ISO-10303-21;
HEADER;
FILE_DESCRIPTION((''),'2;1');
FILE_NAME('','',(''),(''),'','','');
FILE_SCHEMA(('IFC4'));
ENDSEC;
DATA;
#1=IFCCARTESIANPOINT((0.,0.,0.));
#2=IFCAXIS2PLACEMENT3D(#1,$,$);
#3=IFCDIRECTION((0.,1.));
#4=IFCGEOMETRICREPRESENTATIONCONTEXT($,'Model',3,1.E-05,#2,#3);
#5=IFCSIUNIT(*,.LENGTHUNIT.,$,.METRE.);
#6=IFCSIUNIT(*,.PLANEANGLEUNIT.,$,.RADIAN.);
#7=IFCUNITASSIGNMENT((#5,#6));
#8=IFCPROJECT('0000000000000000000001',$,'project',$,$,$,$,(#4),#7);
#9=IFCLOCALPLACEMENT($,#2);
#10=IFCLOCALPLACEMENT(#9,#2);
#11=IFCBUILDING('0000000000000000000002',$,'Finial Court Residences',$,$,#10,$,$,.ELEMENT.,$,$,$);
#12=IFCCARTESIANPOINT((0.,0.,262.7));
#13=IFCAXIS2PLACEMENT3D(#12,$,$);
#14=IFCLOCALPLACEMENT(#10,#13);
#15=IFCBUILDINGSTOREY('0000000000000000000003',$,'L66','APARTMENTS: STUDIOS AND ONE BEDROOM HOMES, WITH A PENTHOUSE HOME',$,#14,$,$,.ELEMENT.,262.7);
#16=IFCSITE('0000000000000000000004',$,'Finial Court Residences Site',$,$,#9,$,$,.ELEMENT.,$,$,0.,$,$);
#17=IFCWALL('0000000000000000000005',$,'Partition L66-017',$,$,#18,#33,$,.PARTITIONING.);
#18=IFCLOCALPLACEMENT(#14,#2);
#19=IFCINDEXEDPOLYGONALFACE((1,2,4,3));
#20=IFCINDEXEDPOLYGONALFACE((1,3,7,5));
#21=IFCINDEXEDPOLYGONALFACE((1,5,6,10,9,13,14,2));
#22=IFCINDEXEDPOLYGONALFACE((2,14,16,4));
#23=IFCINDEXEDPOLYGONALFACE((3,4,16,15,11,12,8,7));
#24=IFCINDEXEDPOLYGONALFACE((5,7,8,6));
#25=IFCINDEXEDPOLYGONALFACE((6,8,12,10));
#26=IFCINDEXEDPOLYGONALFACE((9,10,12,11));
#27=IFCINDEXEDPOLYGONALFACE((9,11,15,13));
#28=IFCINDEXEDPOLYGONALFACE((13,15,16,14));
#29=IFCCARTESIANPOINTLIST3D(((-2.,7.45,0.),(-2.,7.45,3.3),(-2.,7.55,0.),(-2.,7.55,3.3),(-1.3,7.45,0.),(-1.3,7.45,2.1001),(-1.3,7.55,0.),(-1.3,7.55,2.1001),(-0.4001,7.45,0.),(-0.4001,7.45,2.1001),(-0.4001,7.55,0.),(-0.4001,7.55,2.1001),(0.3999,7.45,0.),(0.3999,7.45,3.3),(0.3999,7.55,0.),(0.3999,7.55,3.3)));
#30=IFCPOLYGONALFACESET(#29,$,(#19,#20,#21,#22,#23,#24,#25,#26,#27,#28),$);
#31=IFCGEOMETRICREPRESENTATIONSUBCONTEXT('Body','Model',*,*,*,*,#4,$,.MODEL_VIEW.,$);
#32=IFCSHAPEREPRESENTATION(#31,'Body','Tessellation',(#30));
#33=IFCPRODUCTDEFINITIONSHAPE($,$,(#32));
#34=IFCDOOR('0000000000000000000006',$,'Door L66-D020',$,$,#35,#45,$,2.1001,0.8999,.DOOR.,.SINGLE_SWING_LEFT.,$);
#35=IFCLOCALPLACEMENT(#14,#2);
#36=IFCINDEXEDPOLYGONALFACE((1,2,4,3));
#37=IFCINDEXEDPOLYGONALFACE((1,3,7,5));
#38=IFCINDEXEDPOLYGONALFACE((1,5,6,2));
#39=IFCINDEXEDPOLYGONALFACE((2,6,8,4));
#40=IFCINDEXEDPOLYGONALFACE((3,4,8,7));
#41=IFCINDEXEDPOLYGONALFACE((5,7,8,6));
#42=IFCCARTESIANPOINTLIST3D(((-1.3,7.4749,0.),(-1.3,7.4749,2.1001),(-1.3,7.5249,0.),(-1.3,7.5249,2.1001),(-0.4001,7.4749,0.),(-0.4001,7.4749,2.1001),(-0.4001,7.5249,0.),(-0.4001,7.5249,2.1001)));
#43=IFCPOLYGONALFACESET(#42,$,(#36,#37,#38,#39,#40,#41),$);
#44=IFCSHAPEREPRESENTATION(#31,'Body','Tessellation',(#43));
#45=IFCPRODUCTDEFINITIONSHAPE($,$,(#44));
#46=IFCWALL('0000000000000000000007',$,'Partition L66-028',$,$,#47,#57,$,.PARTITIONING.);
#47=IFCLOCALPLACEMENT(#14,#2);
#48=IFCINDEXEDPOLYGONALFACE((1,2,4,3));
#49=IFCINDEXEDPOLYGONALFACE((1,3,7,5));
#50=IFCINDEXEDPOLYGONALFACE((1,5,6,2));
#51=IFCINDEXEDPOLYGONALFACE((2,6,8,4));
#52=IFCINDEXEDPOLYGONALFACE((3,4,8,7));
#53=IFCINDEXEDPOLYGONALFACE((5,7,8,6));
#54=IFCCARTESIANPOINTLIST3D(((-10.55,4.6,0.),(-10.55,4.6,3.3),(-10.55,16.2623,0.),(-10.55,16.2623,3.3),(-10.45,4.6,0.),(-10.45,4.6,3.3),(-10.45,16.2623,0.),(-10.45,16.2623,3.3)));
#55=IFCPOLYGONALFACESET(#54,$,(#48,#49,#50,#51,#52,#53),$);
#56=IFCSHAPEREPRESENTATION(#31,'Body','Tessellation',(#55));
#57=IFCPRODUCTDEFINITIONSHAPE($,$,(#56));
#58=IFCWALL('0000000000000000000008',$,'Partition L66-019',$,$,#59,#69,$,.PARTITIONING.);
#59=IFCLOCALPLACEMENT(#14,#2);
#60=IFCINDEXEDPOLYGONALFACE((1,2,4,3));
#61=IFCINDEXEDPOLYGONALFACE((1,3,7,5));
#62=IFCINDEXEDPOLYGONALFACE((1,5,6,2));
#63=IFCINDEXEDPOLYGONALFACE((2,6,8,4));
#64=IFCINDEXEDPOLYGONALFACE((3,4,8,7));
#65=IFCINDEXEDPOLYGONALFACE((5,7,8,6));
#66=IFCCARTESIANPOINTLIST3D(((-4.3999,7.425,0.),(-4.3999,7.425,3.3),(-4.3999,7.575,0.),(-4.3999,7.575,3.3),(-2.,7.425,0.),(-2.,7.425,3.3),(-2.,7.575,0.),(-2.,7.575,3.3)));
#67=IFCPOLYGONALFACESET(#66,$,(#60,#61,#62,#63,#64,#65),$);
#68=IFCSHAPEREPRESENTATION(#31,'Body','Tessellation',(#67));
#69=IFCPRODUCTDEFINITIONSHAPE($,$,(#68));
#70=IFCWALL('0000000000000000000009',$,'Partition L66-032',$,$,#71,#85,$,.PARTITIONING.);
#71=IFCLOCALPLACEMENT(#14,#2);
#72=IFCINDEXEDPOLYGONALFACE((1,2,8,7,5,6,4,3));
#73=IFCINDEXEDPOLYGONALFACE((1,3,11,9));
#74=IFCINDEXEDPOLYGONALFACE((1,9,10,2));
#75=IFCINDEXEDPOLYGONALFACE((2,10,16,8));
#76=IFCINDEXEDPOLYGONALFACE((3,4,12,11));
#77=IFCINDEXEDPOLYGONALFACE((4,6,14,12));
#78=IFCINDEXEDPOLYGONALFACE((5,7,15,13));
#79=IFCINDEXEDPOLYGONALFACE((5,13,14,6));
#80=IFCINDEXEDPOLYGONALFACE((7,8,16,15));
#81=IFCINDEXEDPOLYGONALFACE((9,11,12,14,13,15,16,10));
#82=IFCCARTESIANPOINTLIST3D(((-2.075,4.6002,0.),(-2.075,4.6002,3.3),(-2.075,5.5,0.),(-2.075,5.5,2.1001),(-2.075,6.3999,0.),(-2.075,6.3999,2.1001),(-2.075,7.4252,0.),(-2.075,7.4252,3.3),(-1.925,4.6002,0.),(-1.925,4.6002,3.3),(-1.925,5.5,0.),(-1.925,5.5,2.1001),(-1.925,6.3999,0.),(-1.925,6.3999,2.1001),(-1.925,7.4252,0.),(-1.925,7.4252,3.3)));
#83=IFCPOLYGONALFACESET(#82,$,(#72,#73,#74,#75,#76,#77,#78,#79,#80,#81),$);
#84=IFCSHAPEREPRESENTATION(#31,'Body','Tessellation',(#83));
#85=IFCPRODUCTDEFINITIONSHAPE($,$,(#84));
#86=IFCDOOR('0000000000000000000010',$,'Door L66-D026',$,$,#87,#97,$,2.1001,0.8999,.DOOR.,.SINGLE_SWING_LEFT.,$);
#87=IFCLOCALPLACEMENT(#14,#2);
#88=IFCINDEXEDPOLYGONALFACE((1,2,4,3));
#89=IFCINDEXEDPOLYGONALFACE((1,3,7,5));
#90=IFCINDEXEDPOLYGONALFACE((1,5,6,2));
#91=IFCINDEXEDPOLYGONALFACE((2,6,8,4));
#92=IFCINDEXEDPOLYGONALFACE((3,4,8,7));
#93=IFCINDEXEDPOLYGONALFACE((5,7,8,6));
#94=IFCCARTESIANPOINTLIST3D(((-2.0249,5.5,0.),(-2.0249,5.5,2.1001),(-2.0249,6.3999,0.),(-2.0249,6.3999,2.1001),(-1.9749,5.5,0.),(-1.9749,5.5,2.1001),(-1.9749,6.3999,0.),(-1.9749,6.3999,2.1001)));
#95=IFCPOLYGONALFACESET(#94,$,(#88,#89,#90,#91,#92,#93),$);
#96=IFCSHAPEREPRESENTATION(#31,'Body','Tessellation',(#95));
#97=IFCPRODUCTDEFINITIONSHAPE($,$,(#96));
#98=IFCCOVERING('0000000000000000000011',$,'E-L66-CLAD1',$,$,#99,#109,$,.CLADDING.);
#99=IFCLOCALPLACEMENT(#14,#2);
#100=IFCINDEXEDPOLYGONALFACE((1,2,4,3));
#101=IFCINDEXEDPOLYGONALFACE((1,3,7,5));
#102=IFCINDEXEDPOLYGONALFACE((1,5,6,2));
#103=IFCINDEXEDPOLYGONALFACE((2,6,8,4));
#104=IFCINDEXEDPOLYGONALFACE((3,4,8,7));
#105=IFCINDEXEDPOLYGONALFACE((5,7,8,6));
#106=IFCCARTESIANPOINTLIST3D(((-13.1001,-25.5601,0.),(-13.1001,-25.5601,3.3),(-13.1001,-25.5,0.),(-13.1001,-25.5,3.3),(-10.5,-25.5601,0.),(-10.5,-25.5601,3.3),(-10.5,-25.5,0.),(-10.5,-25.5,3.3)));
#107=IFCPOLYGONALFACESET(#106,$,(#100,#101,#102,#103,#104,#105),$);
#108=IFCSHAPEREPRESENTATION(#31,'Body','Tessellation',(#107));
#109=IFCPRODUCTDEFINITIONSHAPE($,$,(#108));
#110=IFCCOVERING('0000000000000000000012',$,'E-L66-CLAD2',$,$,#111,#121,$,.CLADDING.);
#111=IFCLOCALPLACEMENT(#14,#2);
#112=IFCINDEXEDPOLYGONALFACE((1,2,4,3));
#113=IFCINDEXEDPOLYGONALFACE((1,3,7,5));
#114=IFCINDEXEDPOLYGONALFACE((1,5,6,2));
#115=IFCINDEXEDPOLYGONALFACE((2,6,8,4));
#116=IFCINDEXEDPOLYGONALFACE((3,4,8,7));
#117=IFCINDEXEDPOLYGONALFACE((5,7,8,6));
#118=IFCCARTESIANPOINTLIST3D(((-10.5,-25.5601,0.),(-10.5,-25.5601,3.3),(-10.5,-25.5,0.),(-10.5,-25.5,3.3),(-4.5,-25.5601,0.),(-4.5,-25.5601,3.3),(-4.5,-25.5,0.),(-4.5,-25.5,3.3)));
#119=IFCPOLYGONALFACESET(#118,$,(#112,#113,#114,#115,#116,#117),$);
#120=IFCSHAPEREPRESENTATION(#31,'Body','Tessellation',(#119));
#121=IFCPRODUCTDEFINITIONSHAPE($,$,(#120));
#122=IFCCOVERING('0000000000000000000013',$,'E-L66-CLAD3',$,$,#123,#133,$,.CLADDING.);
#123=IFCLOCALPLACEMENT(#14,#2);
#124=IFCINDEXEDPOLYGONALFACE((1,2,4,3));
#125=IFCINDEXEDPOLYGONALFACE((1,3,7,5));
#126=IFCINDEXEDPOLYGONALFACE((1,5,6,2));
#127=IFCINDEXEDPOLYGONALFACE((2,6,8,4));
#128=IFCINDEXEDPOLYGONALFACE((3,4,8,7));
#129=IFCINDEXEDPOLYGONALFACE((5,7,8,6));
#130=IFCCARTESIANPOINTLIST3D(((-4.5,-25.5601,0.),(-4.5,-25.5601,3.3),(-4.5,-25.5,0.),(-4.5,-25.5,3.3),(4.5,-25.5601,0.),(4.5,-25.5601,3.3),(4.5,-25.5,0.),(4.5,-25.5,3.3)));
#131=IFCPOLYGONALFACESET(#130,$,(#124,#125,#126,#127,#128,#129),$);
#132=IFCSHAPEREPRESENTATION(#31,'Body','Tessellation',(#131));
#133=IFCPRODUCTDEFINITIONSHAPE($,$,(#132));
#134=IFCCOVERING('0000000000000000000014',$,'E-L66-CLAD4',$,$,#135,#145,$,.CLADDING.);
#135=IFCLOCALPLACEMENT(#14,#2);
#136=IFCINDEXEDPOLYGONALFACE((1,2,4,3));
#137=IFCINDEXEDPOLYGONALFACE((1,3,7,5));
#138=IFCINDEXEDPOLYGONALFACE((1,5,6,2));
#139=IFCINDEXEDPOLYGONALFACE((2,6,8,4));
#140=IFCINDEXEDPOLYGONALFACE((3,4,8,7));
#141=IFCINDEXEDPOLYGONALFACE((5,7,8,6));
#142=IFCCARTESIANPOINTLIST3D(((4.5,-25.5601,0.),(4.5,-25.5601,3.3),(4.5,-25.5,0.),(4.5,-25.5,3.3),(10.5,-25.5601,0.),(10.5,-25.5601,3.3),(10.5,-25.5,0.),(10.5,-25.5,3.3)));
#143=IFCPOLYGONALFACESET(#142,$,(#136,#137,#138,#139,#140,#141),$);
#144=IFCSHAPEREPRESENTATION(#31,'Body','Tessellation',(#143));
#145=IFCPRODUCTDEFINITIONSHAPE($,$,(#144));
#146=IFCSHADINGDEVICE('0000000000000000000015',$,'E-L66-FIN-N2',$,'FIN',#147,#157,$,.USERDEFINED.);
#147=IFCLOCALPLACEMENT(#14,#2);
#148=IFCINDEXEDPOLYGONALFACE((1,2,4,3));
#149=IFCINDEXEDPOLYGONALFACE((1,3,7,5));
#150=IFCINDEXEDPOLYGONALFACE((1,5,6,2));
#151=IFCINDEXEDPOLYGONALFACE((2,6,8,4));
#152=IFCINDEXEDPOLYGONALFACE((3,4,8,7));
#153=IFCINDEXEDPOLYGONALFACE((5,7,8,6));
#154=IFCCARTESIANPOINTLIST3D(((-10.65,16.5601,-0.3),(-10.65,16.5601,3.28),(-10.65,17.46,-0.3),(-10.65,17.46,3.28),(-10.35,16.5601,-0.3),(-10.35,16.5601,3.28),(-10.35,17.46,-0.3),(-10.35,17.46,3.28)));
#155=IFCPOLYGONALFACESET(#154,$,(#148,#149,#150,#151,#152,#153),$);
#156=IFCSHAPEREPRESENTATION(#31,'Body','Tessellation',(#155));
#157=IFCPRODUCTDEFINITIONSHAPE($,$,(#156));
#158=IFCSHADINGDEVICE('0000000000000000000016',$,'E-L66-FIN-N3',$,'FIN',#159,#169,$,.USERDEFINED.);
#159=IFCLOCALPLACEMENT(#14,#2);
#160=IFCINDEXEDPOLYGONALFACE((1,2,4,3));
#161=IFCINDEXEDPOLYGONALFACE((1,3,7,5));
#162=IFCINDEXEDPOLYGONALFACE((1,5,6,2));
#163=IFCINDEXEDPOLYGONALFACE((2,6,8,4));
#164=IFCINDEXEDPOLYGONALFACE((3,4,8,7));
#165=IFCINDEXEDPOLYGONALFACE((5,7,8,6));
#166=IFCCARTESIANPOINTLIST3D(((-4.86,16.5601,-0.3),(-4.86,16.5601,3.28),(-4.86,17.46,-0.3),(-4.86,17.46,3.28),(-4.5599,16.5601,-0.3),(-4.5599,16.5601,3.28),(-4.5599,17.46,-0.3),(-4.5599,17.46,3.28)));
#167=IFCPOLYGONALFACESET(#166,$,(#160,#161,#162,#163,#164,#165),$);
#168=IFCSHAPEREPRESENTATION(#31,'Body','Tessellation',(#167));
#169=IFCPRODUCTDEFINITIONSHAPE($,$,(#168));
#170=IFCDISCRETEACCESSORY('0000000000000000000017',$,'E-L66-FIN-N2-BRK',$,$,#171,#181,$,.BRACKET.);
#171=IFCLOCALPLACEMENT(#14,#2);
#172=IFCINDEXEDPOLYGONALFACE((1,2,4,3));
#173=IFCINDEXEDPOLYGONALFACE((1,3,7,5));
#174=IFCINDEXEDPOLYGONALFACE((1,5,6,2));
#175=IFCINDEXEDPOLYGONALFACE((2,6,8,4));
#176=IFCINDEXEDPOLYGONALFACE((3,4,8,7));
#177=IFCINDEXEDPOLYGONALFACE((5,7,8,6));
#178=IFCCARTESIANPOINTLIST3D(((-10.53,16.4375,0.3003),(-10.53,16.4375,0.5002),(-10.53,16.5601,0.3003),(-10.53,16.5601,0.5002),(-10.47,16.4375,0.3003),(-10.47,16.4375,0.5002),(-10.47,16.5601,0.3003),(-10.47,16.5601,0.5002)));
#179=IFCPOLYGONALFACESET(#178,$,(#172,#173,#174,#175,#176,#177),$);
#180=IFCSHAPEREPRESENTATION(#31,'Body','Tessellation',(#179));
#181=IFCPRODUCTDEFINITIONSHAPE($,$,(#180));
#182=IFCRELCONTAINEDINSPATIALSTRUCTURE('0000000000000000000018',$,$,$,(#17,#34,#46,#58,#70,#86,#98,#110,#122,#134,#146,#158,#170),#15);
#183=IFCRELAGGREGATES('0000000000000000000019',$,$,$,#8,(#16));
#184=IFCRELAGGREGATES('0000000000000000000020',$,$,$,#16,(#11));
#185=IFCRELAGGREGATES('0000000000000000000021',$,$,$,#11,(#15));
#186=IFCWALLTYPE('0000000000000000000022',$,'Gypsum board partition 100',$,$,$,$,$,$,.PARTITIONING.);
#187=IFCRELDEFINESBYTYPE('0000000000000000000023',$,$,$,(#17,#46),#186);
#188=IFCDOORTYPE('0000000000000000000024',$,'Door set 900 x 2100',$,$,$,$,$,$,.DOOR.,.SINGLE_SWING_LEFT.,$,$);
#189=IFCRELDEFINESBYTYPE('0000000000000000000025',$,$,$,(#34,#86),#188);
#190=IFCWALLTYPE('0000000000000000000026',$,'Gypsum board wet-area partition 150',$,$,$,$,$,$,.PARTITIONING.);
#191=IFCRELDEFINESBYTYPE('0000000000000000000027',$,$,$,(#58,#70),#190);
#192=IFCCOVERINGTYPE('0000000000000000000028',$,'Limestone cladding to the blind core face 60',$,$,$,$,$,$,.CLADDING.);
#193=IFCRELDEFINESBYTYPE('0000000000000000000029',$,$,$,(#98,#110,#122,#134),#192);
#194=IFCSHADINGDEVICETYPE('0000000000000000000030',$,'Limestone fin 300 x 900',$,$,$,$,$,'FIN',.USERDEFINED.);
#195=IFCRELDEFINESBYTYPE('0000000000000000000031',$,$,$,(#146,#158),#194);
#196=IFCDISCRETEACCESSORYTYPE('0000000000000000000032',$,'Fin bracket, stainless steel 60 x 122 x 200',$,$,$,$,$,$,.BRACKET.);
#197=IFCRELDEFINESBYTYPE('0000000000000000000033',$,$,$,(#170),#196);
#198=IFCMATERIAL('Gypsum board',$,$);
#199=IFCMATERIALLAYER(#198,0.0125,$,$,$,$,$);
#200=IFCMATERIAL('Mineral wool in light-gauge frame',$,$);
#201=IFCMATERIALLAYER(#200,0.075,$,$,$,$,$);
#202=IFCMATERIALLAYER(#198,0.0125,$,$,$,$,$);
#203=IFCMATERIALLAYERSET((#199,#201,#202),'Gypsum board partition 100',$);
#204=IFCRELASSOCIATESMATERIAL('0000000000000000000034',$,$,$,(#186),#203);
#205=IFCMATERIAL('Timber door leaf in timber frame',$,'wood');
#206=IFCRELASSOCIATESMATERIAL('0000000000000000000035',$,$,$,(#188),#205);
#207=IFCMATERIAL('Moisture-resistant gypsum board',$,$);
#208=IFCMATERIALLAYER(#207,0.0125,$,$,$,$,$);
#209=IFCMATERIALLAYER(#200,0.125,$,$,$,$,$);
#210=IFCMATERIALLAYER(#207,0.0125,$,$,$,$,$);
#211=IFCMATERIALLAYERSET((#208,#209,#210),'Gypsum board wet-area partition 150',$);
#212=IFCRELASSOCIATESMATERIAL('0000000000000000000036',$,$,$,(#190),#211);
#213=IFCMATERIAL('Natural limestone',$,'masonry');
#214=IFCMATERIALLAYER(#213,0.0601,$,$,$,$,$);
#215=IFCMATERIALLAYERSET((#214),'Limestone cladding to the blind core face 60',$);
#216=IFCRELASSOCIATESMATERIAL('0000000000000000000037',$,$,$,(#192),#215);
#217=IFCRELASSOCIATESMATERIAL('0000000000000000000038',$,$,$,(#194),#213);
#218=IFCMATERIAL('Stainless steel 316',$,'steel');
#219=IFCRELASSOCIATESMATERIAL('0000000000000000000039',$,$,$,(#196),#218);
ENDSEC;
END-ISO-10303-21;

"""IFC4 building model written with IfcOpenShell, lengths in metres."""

from ifc_helpers import new_model, si_unit, direction, frame, frame_2d, origin, origin_2d, place, context, subcontext, project, spatial, polyline, rectangle, outline, extrude, material, layer, layer_set, type_object, element, fill, save


model = new_model("IFC4")

# Units and contexts
model_context = context("Model", 3, precision=1e-05, world=origin(), true_north=direction((0.0, 1.0)))
body_context = subcontext(model_context, "Body", "Model", "MODEL_VIEW")
ifc_project = project(units=[si_unit("LENGTHUNIT", "METRE"), si_unit("PLANEANGLEUNIT", "RADIAN")], contexts=[model_context])

# Site, building, storey
site_placement = place(None, origin())
site = spatial("IfcSite", under=ifc_project, at=site_placement, Name="Finial Court Residences Site", CompositionType="ELEMENT", RefElevation=0.0)
building_placement = place(site_placement, origin())
building = spatial("IfcBuilding", under=site, at=building_placement, Name="Finial Court Residences", CompositionType="ELEMENT")
storey_placement = place(building_placement, frame((0.0, 0.0, 262.7)))
storey = spatial("IfcBuildingStorey", under=building, at=storey_placement, Name="L66", Description="APARTMENTS: STUDIOS AND ONE BEDROOM HOMES, WITH A PENTHOUSE HOME", CompositionType="ELEMENT", Elevation=262.7)

# Shared definitions
ifc_material_1 = material(Name="Gypsum board")

# Wall, opening, door
ifc_layer_1 = layer(ifc_material_1, 0.0125)
ifc_material_2 = material(Name="Mineral wool in light-gauge frame")
ifc_layer_2 = layer(ifc_material_2, 0.075)
ifc_layer_3 = layer(ifc_material_1, 0.0125)
ifc_layer_set_1 = layer_set([ifc_layer_1, ifc_layer_2, ifc_layer_3], Name="Gypsum board partition 100")
wall_type_1 = type_object("IfcWallType", Name="Gypsum board partition 100", PredefinedType="PARTITIONING", material=ifc_layer_set_1)
wall_1_placement = place(storey_placement, frame((-2.0, 7.5, 0.0), z_axis=(0.0, 0.0, 1.0), x_axis=(1.0, 0.0, 0.0)))
wall_1 = element("IfcWall", 1, at=wall_1_placement, inside=storey, type_object=wall_type_1, Name="Partition L66-017", PredefinedType="PARTITIONING", context=body_context, shape_type="SweptSolid", body=[
    extrude(rectangle(XDim=2.3999, YDim=0.1001, at=frame_2d((1.2, 0.0))), origin(), (0.0, 0.0, 1.0), 3.3),
])
opening_1_placement = place(wall_1_placement, frame((0.7, 0.0, 0.0)))
opening_1 = element("IfcOpeningElement", 2, at=opening_1_placement, cuts=wall_1, PredefinedType="OPENING", context=body_context, shape_type="SweptSolid", body=[
    extrude(rectangle(XDim=0.8999, YDim=2.1001, at=frame_2d((0.45, 1.05))), frame((0.0, 0.0601, 0.0), z_axis=(0.0, -1.0, 0.0), x_axis=(1.0, 0.0, 0.0)), (0.0, 0.0, 1.0), 0.1201),
])
ifc_material_3 = material(Name="Timber door leaf in timber frame", Category="wood")
door_type = type_object("IfcDoorType", Name="Door set 900 x 2100", OperationType="SINGLE_SWING_LEFT", PredefinedType="DOOR", material=ifc_material_3)
door_1_placement = place(opening_1_placement, origin())
door_1 = element("IfcDoor", 3, at=door_1_placement, inside=storey, type_object=door_type, Name="Door L66-D020", OperationType="SINGLE_SWING_LEFT", OverallHeight=2.1001, OverallWidth=0.8999, PredefinedType="DOOR", context=body_context, shape_type="SweptSolid", body=[
    extrude(rectangle(XDim=0.8999, YDim=2.1001, at=frame_2d((0.45, 1.05))), frame((0.0, 0.0249, 0.0), z_axis=(0.0, -1.0, 0.0), x_axis=(1.0, 0.0, 0.0)), (0.0, 0.0, 1.0), 0.05),
])
fill(opening_1, door_1)

# Walls
wall_2_placement = place(storey_placement, frame((-10.5, 4.6001, 0.0), z_axis=(0.0, 0.0, 1.0), x_axis=(0.0, 1.0, 0.0)))
element("IfcWall", 4, at=wall_2_placement, inside=storey, type_object=wall_type_1, Name="Partition L66-028", PredefinedType="PARTITIONING", context=body_context, shape_type="SweptSolid", body=[
    extrude(rectangle(XDim=11.6624, YDim=0.1001, at=frame_2d((5.8311, 0.0))), origin(), (0.0, 0.0, 1.0), 3.3),
])
ifc_material_4 = material(Name="Moisture-resistant gypsum board")
ifc_layer_4 = layer(ifc_material_4, 0.0125)
ifc_layer_5 = layer(ifc_material_2, 0.125)
ifc_layer_6 = layer(ifc_material_4, 0.0125)
ifc_layer_set_2 = layer_set([ifc_layer_4, ifc_layer_5, ifc_layer_6], Name="Gypsum board wet-area partition 150")
wall_type_2 = type_object("IfcWallType", Name="Gypsum board wet-area partition 150", PredefinedType="PARTITIONING", material=ifc_layer_set_2)
wall_3_placement = place(storey_placement, frame((-4.3999, 7.5, 0.0), z_axis=(0.0, 0.0, 1.0), x_axis=(1.0, 0.0, 0.0)))
element("IfcWall", 5, at=wall_3_placement, inside=storey, type_object=wall_type_2, Name="Partition L66-019", PredefinedType="PARTITIONING", context=body_context, shape_type="SweptSolid", body=[
    extrude(rectangle(XDim=2.3999, YDim=0.1499, at=frame_2d((1.2, 0.0))), origin(), (0.0, 0.0, 1.0), 3.3),
])

# Wall, opening, door
wall_4_placement = place(storey_placement, frame((-2.0, 4.6001, 0.0), z_axis=(0.0, 0.0, 1.0), x_axis=(0.0, 1.0, 0.0)))
wall_4 = element("IfcWall", 6, at=wall_4_placement, inside=storey, type_object=wall_type_2, Name="Partition L66-032", PredefinedType="PARTITIONING", context=body_context, shape_type="SweptSolid", body=[
    extrude(rectangle(XDim=2.825, YDim=0.1499, at=frame_2d((1.4126, 0.0))), origin(), (0.0, 0.0, 1.0), 3.3),
])
opening_2_placement = place(wall_4_placement, frame((0.8999, 0.0, 0.0)))
opening_2 = element("IfcOpeningElement", 7, at=opening_2_placement, cuts=wall_4, PredefinedType="OPENING", context=body_context, shape_type="SweptSolid", body=[
    extrude(rectangle(XDim=0.8999, YDim=2.1001, at=frame_2d((0.45, 1.05))), frame((0.0, 0.085, 0.0), z_axis=(0.0, -1.0, 0.0), x_axis=(1.0, 0.0, 0.0)), (0.0, 0.0, 1.0), 0.1699),
])
door_2_placement = place(opening_2_placement, origin())
door_2 = element("IfcDoor", 8, at=door_2_placement, inside=storey, type_object=door_type, Name="Door L66-D026", OperationType="SINGLE_SWING_LEFT", OverallHeight=2.1001, OverallWidth=0.8999, PredefinedType="DOOR", context=body_context, shape_type="SweptSolid", body=[
    extrude(rectangle(XDim=0.8999, YDim=2.1001, at=frame_2d((0.45, 1.05))), frame((0.0, 0.0249, 0.0), z_axis=(0.0, -1.0, 0.0), x_axis=(1.0, 0.0, 0.0)), (0.0, 0.0, 1.0), 0.05),
])
fill(opening_2, door_2)

# Coverings
ifc_material_5 = material(Name="Natural limestone", Category="masonry")
ifc_layer_7 = layer(ifc_material_5, 0.0601)
ifc_layer_set_3 = layer_set([ifc_layer_7], Name="Limestone cladding to the blind core face 60")
covering_type = type_object("IfcCoveringType", Name="Limestone cladding to the blind core face 60", PredefinedType="CLADDING", material=ifc_layer_set_3)
covering_1_placement = place(storey_placement, origin())
element("IfcCovering", 9, at=covering_1_placement, inside=storey, type_object=covering_type, Name="E-L66-CLAD1", PredefinedType="CLADDING", context=body_context, shape_type="SweptSolid", body=[
    extrude(outline(polyline([(-10.5, -25.5601), (-10.5, -25.5), (-13.1001, -25.5), (-13.1001, -25.5601), (-10.5, -25.5601)])), origin(), (0.0, 0.0, 1.0), 3.3),
])
covering_2_placement = place(storey_placement, origin())
element("IfcCovering", 10, at=covering_2_placement, inside=storey, type_object=covering_type, Name="E-L66-CLAD2", PredefinedType="CLADDING", context=body_context, shape_type="SweptSolid", body=[
    extrude(outline(polyline([(-4.5, -25.5601), (-4.5, -25.5), (-10.5, -25.5), (-10.5, -25.5601), (-4.5, -25.5601)])), origin(), (0.0, 0.0, 1.0), 3.3),
])
covering_3_placement = place(storey_placement, origin())
element("IfcCovering", 11, at=covering_3_placement, inside=storey, type_object=covering_type, Name="E-L66-CLAD3", PredefinedType="CLADDING", context=body_context, shape_type="SweptSolid", body=[
    extrude(outline(polyline([(4.5, -25.5601), (4.5, -25.5), (-4.5, -25.5), (-4.5, -25.5601), (4.5, -25.5601)])), origin(), (0.0, 0.0, 1.0), 3.3),
])
covering_4_placement = place(storey_placement, origin())
element("IfcCovering", 12, at=covering_4_placement, inside=storey, type_object=covering_type, Name="E-L66-CLAD4", PredefinedType="CLADDING", context=body_context, shape_type="SweptSolid", body=[
    extrude(outline(polyline([(10.5, -25.5601), (10.5, -25.5), (4.5, -25.5), (4.5, -25.5601), (10.5, -25.5601)])), origin(), (0.0, 0.0, 1.0), 3.3),
])

# Shading devices
shading_device_type = type_object("IfcShadingDeviceType", Name="Limestone fin 300 x 900", ElementType="FIN", PredefinedType="USERDEFINED", material=ifc_material_5)
for number, where, z_axis, x_axis, name in (
    (13, (-10.5, 17.01, -0.3), (0.0, 0.0, 1.0), (1.0, 0.0, 0.0), "E-L66-FIN-N2"),
    (14, (-4.71, 17.01, -0.3), (0.0, 0.0, 1.0), (1.0, 0.0, 0.0), "E-L66-FIN-N3"),
):
    element("IfcShadingDevice", number, at=place(storey_placement, frame(where, z_axis=z_axis, x_axis=x_axis)), inside=storey, type_object=shading_device_type, Name=name, ObjectType="FIN", PredefinedType="USERDEFINED", context=body_context, shape_type="SweptSolid", body=[
        extrude(rectangle(XDim=0.3, YDim=0.8999, at=origin_2d()), origin(), (0.0, 0.0, 1.0), 3.5801),
    ])

# Discrete accessory
ifc_material_6 = material(Name="Stainless steel 316", Category="steel")
discrete_accessory_type = type_object("IfcDiscreteAccessoryType", Name="Fin bracket, stainless steel 60 x 122 x 200", PredefinedType="BRACKET", material=ifc_material_6)
discrete_accessory_placement = place(storey_placement, frame((-10.5, 16.4988, 0.3003), z_axis=(0.0, 0.0, 1.0), x_axis=(1.0, 0.0, 0.0)))
element("IfcDiscreteAccessory", 15, at=discrete_accessory_placement, inside=storey, type_object=discrete_accessory_type, Name="E-L66-FIN-N2-BRK", PredefinedType="BRACKET", context=body_context, shape_type="SweptSolid", body=[
    extrude(rectangle(XDim=0.0601, YDim=0.1226, at=origin_2d()), origin(), (0.0, 0.0, 1.0), 0.2),
])

save(model, "model.ifc")
